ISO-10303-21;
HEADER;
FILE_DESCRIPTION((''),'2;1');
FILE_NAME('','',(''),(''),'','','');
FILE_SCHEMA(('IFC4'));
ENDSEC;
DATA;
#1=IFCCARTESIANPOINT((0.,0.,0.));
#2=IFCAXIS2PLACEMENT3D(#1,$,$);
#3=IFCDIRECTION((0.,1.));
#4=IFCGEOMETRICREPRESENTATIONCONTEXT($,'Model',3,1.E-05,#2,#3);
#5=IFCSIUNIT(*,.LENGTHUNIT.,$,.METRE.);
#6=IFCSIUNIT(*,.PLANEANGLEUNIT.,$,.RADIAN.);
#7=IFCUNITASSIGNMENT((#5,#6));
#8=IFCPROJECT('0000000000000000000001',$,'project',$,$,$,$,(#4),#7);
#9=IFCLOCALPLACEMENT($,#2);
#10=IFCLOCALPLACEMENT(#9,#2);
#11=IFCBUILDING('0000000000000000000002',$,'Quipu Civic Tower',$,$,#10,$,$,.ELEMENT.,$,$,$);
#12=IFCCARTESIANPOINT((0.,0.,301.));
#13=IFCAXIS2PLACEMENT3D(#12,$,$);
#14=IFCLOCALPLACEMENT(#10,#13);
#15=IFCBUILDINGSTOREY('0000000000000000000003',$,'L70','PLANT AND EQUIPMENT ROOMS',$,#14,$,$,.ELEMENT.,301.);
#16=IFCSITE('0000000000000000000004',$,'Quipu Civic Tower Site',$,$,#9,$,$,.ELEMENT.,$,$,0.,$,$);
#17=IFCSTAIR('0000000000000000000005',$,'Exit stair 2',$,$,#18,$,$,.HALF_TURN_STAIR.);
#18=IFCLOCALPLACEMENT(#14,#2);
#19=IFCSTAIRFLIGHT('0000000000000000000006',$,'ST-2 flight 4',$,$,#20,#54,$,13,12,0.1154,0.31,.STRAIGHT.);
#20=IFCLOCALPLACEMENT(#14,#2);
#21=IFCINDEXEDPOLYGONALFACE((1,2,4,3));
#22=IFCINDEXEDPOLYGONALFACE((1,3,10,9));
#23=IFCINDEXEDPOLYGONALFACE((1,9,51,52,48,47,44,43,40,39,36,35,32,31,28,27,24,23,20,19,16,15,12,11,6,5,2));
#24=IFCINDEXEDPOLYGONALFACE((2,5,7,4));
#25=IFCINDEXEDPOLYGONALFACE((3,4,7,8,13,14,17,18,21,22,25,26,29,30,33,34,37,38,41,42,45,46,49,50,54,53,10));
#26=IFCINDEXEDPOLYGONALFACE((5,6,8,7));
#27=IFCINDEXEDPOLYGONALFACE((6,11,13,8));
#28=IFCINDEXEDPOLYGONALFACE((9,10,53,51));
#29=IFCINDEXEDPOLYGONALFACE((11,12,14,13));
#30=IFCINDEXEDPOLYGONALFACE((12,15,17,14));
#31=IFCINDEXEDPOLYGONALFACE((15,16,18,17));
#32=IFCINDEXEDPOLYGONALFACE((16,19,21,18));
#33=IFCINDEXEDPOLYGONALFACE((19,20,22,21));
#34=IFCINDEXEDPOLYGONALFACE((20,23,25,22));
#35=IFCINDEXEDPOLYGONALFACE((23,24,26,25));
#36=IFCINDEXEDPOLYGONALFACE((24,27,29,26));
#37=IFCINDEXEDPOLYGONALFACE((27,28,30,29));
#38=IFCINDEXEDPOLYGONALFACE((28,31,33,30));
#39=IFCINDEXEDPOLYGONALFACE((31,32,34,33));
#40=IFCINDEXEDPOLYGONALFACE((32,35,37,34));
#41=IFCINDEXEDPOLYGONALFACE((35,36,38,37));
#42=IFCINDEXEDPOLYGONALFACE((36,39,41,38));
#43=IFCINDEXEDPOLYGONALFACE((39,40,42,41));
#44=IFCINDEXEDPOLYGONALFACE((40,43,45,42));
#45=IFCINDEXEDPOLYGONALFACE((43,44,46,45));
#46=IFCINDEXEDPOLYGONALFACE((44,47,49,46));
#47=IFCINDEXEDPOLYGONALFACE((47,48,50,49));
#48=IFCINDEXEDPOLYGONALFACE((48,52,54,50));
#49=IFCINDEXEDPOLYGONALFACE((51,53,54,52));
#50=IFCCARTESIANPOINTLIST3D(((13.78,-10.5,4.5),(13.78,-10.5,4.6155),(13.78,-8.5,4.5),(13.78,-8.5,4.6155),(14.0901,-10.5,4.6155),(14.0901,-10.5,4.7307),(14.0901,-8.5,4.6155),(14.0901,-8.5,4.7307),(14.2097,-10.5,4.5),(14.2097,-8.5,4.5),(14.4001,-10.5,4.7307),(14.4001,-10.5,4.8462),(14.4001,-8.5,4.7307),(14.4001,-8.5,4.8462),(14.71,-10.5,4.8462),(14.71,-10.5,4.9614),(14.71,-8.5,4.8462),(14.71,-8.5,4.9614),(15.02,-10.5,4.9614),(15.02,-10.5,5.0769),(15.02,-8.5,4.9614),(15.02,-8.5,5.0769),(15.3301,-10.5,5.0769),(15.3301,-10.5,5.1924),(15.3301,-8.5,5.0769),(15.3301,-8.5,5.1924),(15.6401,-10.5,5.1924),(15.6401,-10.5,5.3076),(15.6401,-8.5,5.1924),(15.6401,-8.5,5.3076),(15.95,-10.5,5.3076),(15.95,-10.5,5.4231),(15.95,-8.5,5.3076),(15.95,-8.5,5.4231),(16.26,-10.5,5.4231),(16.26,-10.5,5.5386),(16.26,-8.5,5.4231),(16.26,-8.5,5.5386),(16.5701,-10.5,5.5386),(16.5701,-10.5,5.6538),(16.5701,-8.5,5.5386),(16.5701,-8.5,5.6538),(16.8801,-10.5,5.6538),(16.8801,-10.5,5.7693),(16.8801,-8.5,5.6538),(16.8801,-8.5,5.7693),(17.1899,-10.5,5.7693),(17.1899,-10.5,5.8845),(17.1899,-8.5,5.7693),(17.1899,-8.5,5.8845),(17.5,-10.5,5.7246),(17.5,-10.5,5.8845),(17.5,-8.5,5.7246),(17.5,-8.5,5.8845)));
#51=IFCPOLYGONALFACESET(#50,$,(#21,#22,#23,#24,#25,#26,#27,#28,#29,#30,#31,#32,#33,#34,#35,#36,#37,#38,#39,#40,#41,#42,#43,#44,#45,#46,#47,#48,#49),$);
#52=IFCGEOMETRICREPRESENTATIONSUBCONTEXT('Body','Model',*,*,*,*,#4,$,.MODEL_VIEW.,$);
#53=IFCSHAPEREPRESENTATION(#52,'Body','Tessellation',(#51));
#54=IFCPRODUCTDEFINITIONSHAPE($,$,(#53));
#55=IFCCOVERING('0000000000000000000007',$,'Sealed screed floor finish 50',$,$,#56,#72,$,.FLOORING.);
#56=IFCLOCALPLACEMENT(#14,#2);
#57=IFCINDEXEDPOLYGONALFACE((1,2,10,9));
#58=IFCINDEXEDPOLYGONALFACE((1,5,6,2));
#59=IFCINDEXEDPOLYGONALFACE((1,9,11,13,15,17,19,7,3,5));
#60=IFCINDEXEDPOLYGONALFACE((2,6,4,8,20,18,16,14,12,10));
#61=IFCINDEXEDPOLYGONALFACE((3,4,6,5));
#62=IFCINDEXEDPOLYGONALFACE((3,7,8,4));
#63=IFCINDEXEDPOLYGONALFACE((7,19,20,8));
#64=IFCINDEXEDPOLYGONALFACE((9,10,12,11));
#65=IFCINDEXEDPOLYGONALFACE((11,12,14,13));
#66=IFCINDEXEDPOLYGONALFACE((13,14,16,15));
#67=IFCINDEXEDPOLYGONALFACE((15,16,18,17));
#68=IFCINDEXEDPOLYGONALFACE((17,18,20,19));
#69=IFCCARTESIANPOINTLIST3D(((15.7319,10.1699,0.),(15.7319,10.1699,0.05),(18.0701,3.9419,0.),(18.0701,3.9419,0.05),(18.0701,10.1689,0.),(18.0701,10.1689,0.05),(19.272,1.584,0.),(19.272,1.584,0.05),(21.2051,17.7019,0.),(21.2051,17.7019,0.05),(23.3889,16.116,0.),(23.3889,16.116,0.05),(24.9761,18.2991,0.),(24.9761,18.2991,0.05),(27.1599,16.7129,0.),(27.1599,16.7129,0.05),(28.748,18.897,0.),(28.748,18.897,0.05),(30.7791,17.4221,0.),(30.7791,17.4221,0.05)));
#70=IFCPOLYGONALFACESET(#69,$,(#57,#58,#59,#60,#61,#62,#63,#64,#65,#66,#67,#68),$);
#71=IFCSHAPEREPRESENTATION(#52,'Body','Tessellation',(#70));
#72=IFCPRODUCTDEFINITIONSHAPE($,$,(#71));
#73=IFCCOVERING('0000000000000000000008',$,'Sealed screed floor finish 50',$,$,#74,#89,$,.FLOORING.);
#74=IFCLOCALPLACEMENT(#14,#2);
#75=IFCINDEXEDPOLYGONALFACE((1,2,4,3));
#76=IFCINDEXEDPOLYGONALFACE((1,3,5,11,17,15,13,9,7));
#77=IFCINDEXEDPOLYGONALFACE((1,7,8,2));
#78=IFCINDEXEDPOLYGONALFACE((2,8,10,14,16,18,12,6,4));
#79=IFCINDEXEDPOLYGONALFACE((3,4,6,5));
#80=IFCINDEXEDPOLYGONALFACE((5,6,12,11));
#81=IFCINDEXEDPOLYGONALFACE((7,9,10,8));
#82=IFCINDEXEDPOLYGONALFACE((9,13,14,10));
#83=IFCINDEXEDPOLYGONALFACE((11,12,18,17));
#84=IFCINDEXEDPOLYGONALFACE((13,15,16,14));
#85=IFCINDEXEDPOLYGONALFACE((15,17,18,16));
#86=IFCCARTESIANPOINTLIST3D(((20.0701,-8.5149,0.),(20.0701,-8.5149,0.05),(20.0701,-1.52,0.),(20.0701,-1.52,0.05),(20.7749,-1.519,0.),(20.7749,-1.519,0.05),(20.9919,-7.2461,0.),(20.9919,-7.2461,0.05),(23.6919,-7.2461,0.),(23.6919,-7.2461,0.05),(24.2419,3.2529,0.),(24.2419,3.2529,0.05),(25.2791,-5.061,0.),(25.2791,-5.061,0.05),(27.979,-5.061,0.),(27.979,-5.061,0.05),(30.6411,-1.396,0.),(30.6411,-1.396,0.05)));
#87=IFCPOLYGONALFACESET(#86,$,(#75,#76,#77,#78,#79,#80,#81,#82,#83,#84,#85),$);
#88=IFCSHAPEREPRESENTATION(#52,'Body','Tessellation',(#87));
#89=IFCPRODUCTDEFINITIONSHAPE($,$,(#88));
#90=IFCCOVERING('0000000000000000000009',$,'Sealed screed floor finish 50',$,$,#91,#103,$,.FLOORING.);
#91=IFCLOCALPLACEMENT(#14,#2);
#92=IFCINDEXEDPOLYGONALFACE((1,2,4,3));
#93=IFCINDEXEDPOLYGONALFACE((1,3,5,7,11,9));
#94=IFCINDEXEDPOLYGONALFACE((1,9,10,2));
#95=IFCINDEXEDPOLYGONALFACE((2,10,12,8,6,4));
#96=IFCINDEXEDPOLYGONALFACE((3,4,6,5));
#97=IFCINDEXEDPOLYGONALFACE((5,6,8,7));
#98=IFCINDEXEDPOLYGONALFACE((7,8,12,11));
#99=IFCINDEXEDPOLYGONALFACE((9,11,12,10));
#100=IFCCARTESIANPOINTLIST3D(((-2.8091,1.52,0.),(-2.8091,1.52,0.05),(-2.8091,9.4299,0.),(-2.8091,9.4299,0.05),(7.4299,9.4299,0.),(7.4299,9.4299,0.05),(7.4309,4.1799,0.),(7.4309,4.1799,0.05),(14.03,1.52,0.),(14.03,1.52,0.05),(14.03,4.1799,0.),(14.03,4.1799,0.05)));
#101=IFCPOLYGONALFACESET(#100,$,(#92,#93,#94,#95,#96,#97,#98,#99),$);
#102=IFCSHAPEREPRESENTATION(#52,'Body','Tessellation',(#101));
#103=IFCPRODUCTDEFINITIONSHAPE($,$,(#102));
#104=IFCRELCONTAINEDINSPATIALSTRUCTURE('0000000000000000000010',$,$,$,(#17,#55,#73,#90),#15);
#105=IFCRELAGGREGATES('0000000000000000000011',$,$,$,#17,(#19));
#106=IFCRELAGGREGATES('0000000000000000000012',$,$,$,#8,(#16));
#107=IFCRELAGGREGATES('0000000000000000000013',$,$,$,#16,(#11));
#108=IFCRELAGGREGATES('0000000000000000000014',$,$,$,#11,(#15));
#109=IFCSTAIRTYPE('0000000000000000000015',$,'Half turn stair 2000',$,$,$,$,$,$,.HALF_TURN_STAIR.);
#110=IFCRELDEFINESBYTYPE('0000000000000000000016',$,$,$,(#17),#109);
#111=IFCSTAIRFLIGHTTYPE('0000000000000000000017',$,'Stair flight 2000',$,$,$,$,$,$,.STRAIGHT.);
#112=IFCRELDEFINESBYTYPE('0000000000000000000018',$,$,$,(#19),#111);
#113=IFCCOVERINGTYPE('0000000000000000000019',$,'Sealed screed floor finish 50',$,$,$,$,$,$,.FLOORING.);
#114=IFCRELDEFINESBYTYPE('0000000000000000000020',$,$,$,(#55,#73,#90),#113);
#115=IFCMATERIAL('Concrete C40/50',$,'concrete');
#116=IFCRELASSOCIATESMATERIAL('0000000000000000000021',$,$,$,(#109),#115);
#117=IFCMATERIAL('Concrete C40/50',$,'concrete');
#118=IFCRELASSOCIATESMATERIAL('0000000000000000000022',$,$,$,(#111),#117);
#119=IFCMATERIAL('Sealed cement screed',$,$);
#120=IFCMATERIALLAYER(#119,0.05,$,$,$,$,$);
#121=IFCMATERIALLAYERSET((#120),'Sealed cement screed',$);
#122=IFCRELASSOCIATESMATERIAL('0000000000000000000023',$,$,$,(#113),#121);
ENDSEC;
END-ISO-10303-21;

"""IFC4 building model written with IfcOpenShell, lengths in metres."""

from ifc_helpers import new_model, si_unit, direction, frame, origin, place, context, subcontext, project, spatial, polyline, outline, extrude, material, layer, layer_set, type_object, element, aggregate, save


model = new_model("IFC4")

# Units and contexts
model_context = context("Model", 3, precision=1e-05, world=origin(), true_north=direction((0.0, 1.0)))
body_context = subcontext(model_context, "Body", "Model", "MODEL_VIEW")
ifc_project = project(units=[si_unit("LENGTHUNIT", "METRE"), si_unit("PLANEANGLEUNIT", "RADIAN")], contexts=[model_context])

# Site, building, storey
site_placement = place(None, origin())
site = spatial("IfcSite", under=ifc_project, at=site_placement, Name="Quipu Civic Tower Site", CompositionType="ELEMENT", RefElevation=0.0)
building_placement = place(site_placement, origin())
building = spatial("IfcBuilding", under=site, at=building_placement, Name="Quipu Civic Tower", CompositionType="ELEMENT")
storey_placement = place(building_placement, frame((0.0, 0.0, 301.0)))
storey = spatial("IfcBuildingStorey", under=building, at=storey_placement, Name="L70", Description="PLANT AND EQUIPMENT ROOMS", CompositionType="ELEMENT", Elevation=301.0)

# Stair, stair flight
ifc_material_1 = material(Name="Concrete C40/50", Category="concrete")
stair_type_1 = type_object("IfcStairType", Name="Half turn stair 2000", PredefinedType="HALF_TURN_STAIR", material=ifc_material_1)
stair_1_placement = place(storey_placement, origin())
stair_1 = element("IfcStair", 1, at=stair_1_placement, inside=storey, type_object=stair_type_1, Name="Exit stair 2", PredefinedType="HALF_TURN_STAIR")
ifc_material_2 = material(Name="Concrete C40/50", Category="concrete")
stair_flight_type = type_object("IfcStairFlightType", Name="Stair flight 2000", PredefinedType="STRAIGHT", material=ifc_material_2)
stair_flight_1_placement = place(storey_placement, frame((13.78, -9.5, 4.5), z_axis=(0.0, 0.0, 1.0), x_axis=(1.0, 0.0, 0.0)))
stair_flight_1 = element("IfcStairFlight", 2, at=stair_flight_1_placement, type_object=stair_flight_type, Name="ST-2 flight 4", NumberOfRisers=13, NumberOfTreads=12, PredefinedType="STRAIGHT", RiserHeight=0.1154, TreadLength=0.31, context=body_context, shape_type="SweptSolid", body=[
    extrude(outline(polyline([(0.0, 0.0), (0.0, 0.1155), (0.3101, 0.1155), (0.3101, 0.2307), (0.6201, 0.2307), (0.6201, 0.3462), (0.9299, 0.3462), (0.9299, 0.4614), (1.24, 0.4614), (1.24, 0.5769), (1.55, 0.5769), (1.55, 0.6924), (1.8601, 0.6924), (1.8601, 0.8076), (2.1699, 0.8076), (2.1699, 0.9231), (2.48, 0.9231), (2.48, 1.0386), (2.79, 1.0386), (2.79, 1.1538), (3.1001, 1.1538), (3.1001, 1.2693), (3.4099, 1.2693), (3.4099, 1.3845), (3.72, 1.3845), (3.72, 1.5), (3.72, 1.2246), (0.4297, 0.0), (0.0, 0.0)])), frame((0.0, 1.0, 0.0), z_axis=(0.0, -1.0, 0.0), x_axis=(1.0, 0.0, 0.0)), (0.0, 0.0, 1.0), 2.0),
])
aggregate(stair_1, [stair_flight_1])

# Coverings
ifc_material_3 = material(Name="Sealed cement screed")
ifc_layer_1 = layer(ifc_material_3, 0.05)
ifc_layer_set_1 = layer_set([ifc_layer_1], Name="Sealed cement screed")
covering_type_1 = type_object("IfcCoveringType", Name="Sealed screed floor finish 50", PredefinedType="FLOORING", material=ifc_layer_set_1)
covering_1_placement = place(storey_placement, origin())
element("IfcCovering", 3, at=covering_1_placement, inside=storey, type_object=covering_type_1, Name="Sealed screed floor finish 50", PredefinedType="FLOORING", context=body_context, shape_type="SweptSolid", body=[
    extrude(outline(polyline([(15.7319, 10.1699), (21.2051, 17.7019), (23.3889, 16.116), (24.9761, 18.2991), (27.1599, 16.7129), (28.748, 18.897), (30.7791, 17.4221), (19.272, 1.584), (18.0701, 3.9419), (18.0701, 10.1689), (15.7319, 10.1699)])), origin(), (0.0, 0.0, 1.0), 0.05),
])
covering_2_placement = place(storey_placement, origin())
element("IfcCovering", 4, at=covering_2_placement, inside=storey, type_object=covering_type_1, Name="Sealed screed floor finish 50", PredefinedType="FLOORING", context=body_context, shape_type="SweptSolid", body=[
    extrude(outline(polyline([(20.0701, -8.5149), (20.0701, -1.52), (20.7749, -1.519), (24.2419, 3.2529), (30.6411, -1.396), (27.979, -5.061), (25.2791, -5.061), (23.6919, -7.2461), (20.9919, -7.2461), (20.0701, -8.5149)])), origin(), (0.0, 0.0, 1.0), 0.05),
])
covering_3_placement = place(storey_placement, origin())
element("IfcCovering", 5, at=covering_3_placement, inside=storey, type_object=covering_type_1, Name="Sealed screed floor finish 50", PredefinedType="FLOORING", context=body_context, shape_type="SweptSolid", body=[
    extrude(outline(polyline([(-2.8091, 1.52), (-2.8091, 9.4299), (7.4299, 9.4299), (7.4309, 4.1799), (14.03, 4.1799), (14.03, 1.52), (-2.8091, 1.52)])), origin(), (0.0, 0.0, 1.0), 0.05),
])

save(model, "model.ifc")
